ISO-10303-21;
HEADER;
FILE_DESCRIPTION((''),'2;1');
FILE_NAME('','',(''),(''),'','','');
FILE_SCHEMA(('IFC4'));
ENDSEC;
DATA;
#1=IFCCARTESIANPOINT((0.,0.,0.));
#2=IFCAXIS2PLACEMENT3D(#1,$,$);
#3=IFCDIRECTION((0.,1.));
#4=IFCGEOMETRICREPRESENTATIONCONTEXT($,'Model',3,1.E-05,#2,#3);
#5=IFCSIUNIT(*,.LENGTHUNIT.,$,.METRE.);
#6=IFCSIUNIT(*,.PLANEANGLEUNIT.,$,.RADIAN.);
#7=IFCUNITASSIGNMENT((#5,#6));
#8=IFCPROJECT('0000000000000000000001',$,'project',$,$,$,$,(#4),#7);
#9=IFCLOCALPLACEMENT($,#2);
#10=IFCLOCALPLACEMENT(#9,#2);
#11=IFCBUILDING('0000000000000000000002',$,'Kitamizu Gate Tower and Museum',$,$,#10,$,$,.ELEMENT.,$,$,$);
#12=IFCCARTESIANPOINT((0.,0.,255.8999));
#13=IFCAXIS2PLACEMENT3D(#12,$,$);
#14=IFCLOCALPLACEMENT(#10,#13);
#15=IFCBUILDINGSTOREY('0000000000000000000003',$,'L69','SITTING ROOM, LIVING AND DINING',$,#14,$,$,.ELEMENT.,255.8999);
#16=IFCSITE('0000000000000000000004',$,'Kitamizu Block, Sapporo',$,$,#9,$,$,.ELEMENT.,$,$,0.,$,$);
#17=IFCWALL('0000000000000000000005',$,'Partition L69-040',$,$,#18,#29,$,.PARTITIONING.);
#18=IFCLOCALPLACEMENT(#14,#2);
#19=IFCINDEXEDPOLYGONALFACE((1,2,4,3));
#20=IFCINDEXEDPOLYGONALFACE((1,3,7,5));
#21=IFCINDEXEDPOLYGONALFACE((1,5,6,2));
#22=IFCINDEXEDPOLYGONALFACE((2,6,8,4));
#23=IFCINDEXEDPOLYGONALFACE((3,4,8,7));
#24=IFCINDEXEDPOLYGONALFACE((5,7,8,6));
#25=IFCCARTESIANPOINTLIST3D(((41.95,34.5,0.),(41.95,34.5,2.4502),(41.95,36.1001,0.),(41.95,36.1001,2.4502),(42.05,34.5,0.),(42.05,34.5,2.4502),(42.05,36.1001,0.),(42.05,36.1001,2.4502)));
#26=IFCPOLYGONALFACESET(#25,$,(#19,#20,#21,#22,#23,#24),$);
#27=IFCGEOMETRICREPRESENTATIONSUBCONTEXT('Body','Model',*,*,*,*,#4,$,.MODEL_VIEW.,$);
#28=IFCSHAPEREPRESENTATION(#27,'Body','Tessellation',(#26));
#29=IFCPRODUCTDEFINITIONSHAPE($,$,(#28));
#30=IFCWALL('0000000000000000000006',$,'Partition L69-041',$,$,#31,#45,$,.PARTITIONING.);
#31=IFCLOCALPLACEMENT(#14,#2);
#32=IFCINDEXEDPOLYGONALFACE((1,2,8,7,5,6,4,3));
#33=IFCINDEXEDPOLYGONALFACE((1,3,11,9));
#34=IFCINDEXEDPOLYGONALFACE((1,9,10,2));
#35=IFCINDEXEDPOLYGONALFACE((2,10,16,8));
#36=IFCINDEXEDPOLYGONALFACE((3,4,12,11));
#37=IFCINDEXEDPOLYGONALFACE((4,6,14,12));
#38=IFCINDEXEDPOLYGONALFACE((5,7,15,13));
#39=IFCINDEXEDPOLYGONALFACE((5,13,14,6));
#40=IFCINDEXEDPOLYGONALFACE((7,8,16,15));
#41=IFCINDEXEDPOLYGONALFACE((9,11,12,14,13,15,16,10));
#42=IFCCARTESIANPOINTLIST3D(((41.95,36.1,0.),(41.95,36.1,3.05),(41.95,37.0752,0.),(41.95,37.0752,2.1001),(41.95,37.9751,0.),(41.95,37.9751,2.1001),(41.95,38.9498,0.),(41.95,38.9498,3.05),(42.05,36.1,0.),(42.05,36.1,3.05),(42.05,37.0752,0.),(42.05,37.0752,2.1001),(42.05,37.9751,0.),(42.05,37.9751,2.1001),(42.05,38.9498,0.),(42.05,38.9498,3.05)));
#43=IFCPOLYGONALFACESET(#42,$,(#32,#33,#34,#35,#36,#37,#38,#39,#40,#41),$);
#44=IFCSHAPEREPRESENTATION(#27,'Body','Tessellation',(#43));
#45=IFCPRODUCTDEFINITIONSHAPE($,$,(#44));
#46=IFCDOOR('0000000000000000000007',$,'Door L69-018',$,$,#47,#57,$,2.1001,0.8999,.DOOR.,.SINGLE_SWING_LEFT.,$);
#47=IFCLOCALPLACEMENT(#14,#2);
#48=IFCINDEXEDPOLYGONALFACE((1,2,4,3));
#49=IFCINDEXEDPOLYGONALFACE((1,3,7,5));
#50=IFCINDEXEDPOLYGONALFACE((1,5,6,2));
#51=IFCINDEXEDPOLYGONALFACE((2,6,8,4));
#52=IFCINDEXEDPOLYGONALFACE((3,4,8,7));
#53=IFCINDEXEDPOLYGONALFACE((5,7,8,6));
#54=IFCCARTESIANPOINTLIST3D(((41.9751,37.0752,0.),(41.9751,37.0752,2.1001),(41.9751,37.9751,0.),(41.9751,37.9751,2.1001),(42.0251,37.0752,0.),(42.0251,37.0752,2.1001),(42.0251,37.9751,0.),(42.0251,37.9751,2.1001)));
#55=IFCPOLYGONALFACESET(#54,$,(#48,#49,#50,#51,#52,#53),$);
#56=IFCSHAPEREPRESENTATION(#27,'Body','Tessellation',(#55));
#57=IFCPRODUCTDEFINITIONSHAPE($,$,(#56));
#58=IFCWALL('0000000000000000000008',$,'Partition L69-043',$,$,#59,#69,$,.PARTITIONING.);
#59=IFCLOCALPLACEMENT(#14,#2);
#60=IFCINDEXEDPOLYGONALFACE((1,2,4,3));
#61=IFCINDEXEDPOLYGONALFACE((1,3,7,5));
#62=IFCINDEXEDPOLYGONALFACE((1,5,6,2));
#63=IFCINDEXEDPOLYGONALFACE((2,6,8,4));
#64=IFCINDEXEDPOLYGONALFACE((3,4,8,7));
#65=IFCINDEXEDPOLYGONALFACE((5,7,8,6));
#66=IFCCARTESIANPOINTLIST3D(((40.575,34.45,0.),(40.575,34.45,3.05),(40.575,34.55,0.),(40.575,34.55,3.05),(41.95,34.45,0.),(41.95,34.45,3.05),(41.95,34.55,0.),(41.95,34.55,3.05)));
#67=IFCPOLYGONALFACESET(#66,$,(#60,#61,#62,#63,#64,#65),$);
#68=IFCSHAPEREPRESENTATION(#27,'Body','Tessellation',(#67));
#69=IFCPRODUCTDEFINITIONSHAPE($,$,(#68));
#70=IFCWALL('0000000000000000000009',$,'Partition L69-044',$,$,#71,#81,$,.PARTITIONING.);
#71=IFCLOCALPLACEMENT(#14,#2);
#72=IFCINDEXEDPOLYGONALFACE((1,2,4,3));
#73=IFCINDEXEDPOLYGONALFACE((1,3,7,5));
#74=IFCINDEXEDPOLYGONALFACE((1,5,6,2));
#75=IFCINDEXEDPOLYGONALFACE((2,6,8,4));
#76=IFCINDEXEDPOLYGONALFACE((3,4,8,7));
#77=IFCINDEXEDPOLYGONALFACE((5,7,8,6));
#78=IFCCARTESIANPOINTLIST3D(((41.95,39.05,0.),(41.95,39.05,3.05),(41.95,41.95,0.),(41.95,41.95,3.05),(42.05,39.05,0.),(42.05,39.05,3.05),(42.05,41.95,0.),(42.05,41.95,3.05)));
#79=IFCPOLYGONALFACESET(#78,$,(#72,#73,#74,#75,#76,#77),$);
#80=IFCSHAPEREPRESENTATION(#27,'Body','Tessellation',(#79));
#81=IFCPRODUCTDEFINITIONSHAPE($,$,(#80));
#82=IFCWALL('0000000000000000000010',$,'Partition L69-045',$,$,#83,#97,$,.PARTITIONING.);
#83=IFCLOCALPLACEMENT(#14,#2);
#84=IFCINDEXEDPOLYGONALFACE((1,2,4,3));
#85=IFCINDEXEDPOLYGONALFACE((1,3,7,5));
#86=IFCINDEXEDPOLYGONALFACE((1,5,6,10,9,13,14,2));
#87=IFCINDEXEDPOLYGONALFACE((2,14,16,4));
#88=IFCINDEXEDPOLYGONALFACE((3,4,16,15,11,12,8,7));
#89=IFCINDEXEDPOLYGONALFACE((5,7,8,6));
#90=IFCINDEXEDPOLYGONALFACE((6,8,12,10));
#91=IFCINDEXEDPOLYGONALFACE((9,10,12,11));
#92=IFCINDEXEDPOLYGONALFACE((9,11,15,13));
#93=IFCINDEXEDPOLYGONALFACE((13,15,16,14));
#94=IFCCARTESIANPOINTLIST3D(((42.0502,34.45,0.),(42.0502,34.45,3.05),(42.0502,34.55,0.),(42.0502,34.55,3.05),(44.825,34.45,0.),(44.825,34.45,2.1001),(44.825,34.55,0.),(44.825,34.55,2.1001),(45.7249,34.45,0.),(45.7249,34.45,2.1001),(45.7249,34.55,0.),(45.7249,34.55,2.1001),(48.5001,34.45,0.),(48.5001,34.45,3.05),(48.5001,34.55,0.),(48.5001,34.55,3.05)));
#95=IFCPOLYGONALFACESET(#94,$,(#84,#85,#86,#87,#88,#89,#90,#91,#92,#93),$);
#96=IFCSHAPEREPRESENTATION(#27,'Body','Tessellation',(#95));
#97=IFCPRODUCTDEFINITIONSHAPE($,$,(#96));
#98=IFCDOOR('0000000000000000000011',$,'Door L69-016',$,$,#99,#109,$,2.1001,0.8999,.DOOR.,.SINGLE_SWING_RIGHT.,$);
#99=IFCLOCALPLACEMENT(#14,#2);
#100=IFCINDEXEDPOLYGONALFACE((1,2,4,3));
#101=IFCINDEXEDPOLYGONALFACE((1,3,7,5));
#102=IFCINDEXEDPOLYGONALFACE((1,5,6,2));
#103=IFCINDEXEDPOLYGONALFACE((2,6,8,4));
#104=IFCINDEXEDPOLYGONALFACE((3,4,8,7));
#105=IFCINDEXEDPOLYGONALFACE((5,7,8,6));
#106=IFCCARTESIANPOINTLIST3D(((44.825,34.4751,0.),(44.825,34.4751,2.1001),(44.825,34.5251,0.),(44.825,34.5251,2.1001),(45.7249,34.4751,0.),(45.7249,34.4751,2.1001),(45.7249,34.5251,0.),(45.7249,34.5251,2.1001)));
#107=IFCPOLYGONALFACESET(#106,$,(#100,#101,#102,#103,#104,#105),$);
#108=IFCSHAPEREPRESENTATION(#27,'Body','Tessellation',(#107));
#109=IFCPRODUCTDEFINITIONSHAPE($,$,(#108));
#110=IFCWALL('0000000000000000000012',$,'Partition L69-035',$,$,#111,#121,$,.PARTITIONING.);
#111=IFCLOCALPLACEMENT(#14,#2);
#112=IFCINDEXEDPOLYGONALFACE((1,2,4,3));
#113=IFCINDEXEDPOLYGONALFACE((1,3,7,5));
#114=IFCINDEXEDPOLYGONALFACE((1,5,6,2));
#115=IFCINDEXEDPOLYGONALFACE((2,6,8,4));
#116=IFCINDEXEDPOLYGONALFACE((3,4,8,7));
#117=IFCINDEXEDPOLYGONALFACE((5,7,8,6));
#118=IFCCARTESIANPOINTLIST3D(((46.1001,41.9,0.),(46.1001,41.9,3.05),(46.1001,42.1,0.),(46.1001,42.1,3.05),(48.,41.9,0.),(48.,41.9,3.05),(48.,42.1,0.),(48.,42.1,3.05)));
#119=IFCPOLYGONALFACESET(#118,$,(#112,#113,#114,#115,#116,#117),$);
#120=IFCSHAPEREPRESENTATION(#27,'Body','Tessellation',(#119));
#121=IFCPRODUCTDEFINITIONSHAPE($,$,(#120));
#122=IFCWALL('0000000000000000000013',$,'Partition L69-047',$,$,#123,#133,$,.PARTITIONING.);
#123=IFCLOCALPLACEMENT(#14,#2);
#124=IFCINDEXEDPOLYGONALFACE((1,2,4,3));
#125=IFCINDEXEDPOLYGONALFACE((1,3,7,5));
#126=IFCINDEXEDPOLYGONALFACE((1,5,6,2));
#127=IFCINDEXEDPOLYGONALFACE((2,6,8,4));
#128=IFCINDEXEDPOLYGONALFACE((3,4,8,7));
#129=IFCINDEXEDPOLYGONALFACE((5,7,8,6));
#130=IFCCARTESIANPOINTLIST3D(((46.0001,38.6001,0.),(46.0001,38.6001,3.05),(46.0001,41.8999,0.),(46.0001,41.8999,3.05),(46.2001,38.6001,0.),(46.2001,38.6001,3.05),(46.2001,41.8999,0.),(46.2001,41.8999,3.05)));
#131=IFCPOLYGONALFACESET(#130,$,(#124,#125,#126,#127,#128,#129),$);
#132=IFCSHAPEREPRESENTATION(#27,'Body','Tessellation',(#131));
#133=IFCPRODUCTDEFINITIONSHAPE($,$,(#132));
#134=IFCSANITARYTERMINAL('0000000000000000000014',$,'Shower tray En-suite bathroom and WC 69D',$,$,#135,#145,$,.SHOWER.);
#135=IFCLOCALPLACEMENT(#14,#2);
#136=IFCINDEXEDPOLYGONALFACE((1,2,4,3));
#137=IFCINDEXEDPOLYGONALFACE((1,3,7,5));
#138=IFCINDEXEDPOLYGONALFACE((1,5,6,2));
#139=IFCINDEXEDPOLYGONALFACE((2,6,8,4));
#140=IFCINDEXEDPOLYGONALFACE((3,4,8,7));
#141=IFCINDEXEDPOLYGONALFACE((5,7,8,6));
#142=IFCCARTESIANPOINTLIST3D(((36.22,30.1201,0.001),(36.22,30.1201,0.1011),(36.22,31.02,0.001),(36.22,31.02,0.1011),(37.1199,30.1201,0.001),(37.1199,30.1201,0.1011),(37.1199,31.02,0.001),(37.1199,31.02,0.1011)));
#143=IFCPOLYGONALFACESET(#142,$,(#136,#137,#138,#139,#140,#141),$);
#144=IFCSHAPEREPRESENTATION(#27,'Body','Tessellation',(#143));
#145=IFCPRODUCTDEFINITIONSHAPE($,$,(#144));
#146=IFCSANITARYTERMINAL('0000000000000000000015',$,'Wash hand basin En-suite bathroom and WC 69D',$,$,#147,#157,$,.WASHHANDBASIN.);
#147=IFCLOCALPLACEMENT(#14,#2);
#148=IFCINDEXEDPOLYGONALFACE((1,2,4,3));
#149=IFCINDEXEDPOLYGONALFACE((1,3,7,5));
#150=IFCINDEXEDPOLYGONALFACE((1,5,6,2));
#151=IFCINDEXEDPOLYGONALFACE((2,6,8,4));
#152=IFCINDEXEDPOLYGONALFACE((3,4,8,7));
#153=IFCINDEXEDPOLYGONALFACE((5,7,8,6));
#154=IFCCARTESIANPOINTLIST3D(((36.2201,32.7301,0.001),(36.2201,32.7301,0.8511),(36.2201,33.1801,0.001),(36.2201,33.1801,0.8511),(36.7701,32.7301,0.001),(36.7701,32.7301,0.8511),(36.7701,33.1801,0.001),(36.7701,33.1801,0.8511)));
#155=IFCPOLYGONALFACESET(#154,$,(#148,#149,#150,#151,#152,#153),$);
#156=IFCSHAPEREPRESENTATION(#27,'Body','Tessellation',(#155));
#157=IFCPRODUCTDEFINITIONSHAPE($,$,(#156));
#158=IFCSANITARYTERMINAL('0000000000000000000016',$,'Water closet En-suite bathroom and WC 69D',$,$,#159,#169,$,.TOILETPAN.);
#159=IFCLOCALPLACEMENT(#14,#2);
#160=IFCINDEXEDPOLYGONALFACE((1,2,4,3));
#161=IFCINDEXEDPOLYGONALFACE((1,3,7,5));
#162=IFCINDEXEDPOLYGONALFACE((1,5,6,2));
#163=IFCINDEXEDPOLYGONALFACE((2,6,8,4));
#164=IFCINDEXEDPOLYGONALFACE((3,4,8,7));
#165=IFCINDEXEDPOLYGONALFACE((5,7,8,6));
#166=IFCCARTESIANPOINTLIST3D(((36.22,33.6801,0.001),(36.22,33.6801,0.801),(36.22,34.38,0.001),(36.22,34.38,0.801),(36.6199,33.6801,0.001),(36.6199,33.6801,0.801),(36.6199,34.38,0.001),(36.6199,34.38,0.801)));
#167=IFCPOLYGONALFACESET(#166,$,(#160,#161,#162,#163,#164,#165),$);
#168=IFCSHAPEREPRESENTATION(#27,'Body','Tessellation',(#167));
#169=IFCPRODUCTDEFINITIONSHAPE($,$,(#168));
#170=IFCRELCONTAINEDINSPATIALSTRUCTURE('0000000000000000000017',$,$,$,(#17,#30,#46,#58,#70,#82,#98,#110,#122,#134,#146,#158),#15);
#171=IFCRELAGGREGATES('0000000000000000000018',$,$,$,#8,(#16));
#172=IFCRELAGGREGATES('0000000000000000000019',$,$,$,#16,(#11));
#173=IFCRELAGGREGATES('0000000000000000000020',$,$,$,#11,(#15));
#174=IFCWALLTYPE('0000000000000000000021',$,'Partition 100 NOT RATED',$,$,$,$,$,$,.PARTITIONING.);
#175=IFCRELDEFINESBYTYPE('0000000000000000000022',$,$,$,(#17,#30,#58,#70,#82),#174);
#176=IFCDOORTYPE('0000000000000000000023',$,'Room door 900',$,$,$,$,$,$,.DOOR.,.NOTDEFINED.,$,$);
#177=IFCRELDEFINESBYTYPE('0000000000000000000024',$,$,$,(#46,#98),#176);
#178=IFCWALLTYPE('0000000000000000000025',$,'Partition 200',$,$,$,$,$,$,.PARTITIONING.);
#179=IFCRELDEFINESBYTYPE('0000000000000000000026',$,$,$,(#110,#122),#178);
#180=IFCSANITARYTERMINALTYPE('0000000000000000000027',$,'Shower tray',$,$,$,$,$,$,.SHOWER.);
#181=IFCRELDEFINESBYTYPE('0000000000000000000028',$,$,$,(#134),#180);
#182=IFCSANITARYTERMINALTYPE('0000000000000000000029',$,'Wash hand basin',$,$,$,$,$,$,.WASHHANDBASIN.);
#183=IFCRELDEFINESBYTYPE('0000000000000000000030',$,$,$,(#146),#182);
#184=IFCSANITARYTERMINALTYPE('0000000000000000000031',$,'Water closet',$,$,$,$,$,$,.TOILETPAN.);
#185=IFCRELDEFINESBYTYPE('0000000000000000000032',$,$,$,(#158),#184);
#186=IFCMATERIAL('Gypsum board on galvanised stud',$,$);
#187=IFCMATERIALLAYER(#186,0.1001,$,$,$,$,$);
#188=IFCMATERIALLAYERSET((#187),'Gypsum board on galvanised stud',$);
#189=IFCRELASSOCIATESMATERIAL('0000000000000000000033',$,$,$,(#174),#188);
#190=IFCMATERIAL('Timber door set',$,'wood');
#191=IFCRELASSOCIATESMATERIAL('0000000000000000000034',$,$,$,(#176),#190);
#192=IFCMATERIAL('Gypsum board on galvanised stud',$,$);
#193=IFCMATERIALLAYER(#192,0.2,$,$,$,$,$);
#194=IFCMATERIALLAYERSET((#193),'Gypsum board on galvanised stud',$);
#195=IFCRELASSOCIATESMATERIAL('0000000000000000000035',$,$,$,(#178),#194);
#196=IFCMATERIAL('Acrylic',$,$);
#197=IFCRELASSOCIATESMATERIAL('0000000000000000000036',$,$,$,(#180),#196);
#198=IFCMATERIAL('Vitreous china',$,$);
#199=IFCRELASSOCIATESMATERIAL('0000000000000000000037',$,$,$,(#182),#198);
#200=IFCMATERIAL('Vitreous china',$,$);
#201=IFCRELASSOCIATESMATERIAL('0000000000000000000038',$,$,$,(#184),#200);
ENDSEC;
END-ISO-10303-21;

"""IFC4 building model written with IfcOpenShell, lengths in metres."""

from ifc_helpers import new_model, si_unit, direction, frame, frame_2d, origin, origin_2d, place, context, subcontext, project, spatial, rectangle, extrude, material, layer, layer_set, type_object, element, fill, save


model = new_model("IFC4")

# Units and contexts
model_context = context("Model", 3, precision=1e-05, world=origin(), true_north=direction((0.0, 1.0)))
body_context = subcontext(model_context, "Body", "Model", "MODEL_VIEW")
ifc_project = project(units=[si_unit("LENGTHUNIT", "METRE"), si_unit("PLANEANGLEUNIT", "RADIAN")], contexts=[model_context])

# Site, building, storey
site_placement = place(None, origin())
site = spatial("IfcSite", under=ifc_project, at=site_placement, Name="Kitamizu Block, Sapporo", CompositionType="ELEMENT", RefElevation=0.0)
building_placement = place(site_placement, origin())
building = spatial("IfcBuilding", under=site, at=building_placement, Name="Kitamizu Gate Tower and Museum", CompositionType="ELEMENT")
storey_placement = place(building_placement, frame((0.0, 0.0, 255.8999)))
storey = spatial("IfcBuildingStorey", under=building, at=storey_placement, Name="L69", Description="SITTING ROOM, LIVING AND DINING", CompositionType="ELEMENT", Elevation=255.8999)

# Shared definitions
ifc_material_1 = material(Name="Gypsum board on galvanised stud")
ifc_layer_1 = layer(ifc_material_1, 0.1001)
ifc_layer_set_1 = layer_set([ifc_layer_1], Name="Gypsum board on galvanised stud")
wall_type_1 = type_object("IfcWallType", Name="Partition 100 NOT RATED", PredefinedType="PARTITIONING", material=ifc_layer_set_1)
ifc_material_2 = material(Name="Timber door set", Category="wood")
door_type = type_object("IfcDoorType", Name="Room door 900", OperationType="NOTDEFINED", PredefinedType="DOOR", material=ifc_material_2)

# Wall
wall_1_placement = place(storey_placement, frame((42.0, 34.5, 0.0), z_axis=(0.0, 0.0, 1.0), x_axis=(0.0, 1.0, 0.0)))
element("IfcWall", 1, at=wall_1_placement, inside=storey, type_object=wall_type_1, Name="Partition L69-040", PredefinedType="PARTITIONING", context=body_context, shape_type="SweptSolid", body=[
    extrude(rectangle(XDim=1.6001, YDim=0.1001, at=frame_2d((0.8, 0.0))), origin(), (0.0, 0.0, 1.0), 2.4502),
])

# Wall, opening, door
wall_2_placement = place(storey_placement, frame((42.0, 36.1001, 0.0), z_axis=(0.0, 0.0, 1.0), x_axis=(0.0, 1.0, 0.0)))
wall_2 = element("IfcWall", 2, at=wall_2_placement, inside=storey, type_object=wall_type_1, Name="Partition L69-041", PredefinedType="PARTITIONING", context=body_context, shape_type="SweptSolid", body=[
    extrude(rectangle(XDim=2.8499, YDim=0.1001, at=frame_2d((1.4248, 0.0))), origin(), (0.0, 0.0, 1.0), 3.05),
])
opening_1_placement = place(wall_2_placement, frame((0.9751, 0.0, 0.0)))
opening_1 = element("IfcOpeningElement", 3, at=opening_1_placement, cuts=wall_2, PredefinedType="OPENING", context=body_context, shape_type="SweptSolid", body=[
    extrude(rectangle(XDim=0.8999, YDim=2.1001, at=frame_2d((0.45, 1.05))), frame((0.0, 0.0601, 0.0), z_axis=(0.0, -1.0, 0.0), x_axis=(1.0, 0.0, 0.0)), (0.0, 0.0, 1.0), 0.1201),
])
door_1_placement = place(opening_1_placement, origin())
door_1 = element("IfcDoor", 4, at=door_1_placement, inside=storey, type_object=door_type, Name="Door L69-018", OperationType="SINGLE_SWING_LEFT", OverallHeight=2.1001, OverallWidth=0.8999, PredefinedType="DOOR", context=body_context, shape_type="SweptSolid", body=[
    extrude(rectangle(XDim=0.8999, YDim=2.1001, at=frame_2d((0.45, 1.05))), frame((0.0, 0.0249, 0.0), z_axis=(0.0, -1.0, 0.0), x_axis=(1.0, 0.0, 0.0)), (0.0, 0.0, 1.0), 0.05),
])
fill(opening_1, door_1)

# Walls
wall_3_placement = place(storey_placement, frame((40.575, 34.5, 0.0), z_axis=(0.0, 0.0, 1.0), x_axis=(1.0, 0.0, 0.0)))
element("IfcWall", 5, at=wall_3_placement, inside=storey, type_object=wall_type_1, Name="Partition L69-043", PredefinedType="PARTITIONING", context=body_context, shape_type="SweptSolid", body=[
    extrude(rectangle(XDim=1.375, YDim=0.1001, at=frame_2d((0.6875, 0.0))), origin(), (0.0, 0.0, 1.0), 3.05),
])
wall_4_placement = place(storey_placement, frame((42.0, 39.05, 0.0), z_axis=(0.0, 0.0, 1.0), x_axis=(0.0, 1.0, 0.0)))
element("IfcWall", 6, at=wall_4_placement, inside=storey, type_object=wall_type_1, Name="Partition L69-044", PredefinedType="PARTITIONING", context=body_context, shape_type="SweptSolid", body=[
    extrude(rectangle(XDim=2.8999, YDim=0.1001, at=frame_2d((1.45, 0.0))), origin(), (0.0, 0.0, 1.0), 3.05),
])

# Wall, opening, door
wall_5_placement = place(storey_placement, frame((42.05, 34.5, 0.0), z_axis=(0.0, 0.0, 1.0), x_axis=(1.0, 0.0, 0.0)))
wall_5 = element("IfcWall", 7, at=wall_5_placement, inside=storey, type_object=wall_type_1, Name="Partition L69-045", PredefinedType="PARTITIONING", context=body_context, shape_type="SweptSolid", body=[
    extrude(rectangle(XDim=6.45, YDim=0.1001, at=frame_2d((3.2251, 0.0))), origin(), (0.0, 0.0, 1.0), 3.05),
])
opening_2_placement = place(wall_5_placement, frame((2.7749, 0.0, 0.0)))
opening_2 = element("IfcOpeningElement", 8, at=opening_2_placement, cuts=wall_5, PredefinedType="OPENING", context=body_context, shape_type="SweptSolid", body=[
    extrude(rectangle(XDim=0.8999, YDim=2.1001, at=frame_2d((0.45, 1.05))), frame((0.0, 0.0601, 0.0), z_axis=(0.0, -1.0, 0.0), x_axis=(1.0, 0.0, 0.0)), (0.0, 0.0, 1.0), 0.1201),
])
door_2_placement = place(opening_2_placement, frame((0.8999, 0.0, 0.0), x_axis=(-1.0, 0.0, 0.0)))
door_2 = element("IfcDoor", 9, at=door_2_placement, inside=storey, type_object=door_type, Name="Door L69-016", OperationType="SINGLE_SWING_RIGHT", OverallHeight=2.1001, OverallWidth=0.8999, PredefinedType="DOOR", context=body_context, shape_type="SweptSolid", body=[
    extrude(rectangle(XDim=0.8999, YDim=2.1001, at=frame_2d((0.45, 1.05))), frame((0.0, 0.0249, 0.0), z_axis=(0.0, -1.0, 0.0), x_axis=(1.0, 0.0, 0.0)), (0.0, 0.0, 1.0), 0.05),
])
fill(opening_2, door_2)

# Walls
ifc_material_3 = material(Name="Gypsum board on galvanised stud")
ifc_layer_2 = layer(ifc_material_3, 0.2)
ifc_layer_set_2 = layer_set([ifc_layer_2], Name="Gypsum board on galvanised stud")
wall_type_2 = type_object("IfcWallType", Name="Partition 200", PredefinedType="PARTITIONING", material=ifc_layer_set_2)
wall_6_placement = place(storey_placement, frame((46.1001, 42.0, 0.0), z_axis=(0.0, 0.0, 1.0), x_axis=(1.0, 0.0, 0.0)))
element("IfcWall", 10, at=wall_6_placement, inside=storey, type_object=wall_type_2, Name="Partition L69-035", PredefinedType="PARTITIONING", context=body_context, shape_type="SweptSolid", body=[
    extrude(rectangle(XDim=1.8999, YDim=0.2, at=frame_2d((0.95, 0.0))), origin(), (0.0, 0.0, 1.0), 3.05),
])
wall_7_placement = place(storey_placement, frame((46.1001, 38.6001, 0.0), z_axis=(0.0, 0.0, 1.0), x_axis=(0.0, 1.0, 0.0)))
element("IfcWall", 11, at=wall_7_placement, inside=storey, type_object=wall_type_2, Name="Partition L69-047", PredefinedType="PARTITIONING", context=body_context, shape_type="SweptSolid", body=[
    extrude(rectangle(XDim=3.2998, YDim=0.2, at=frame_2d((1.6499, 0.0))), origin(), (0.0, 0.0, 1.0), 3.05),
])

# Sanitary terminals
ifc_material_4 = material(Name="Acrylic")
sanitary_terminal_type_1 = type_object("IfcSanitaryTerminalType", Name="Shower tray", PredefinedType="SHOWER", material=ifc_material_4)
sanitary_terminal_1_placement = place(storey_placement, frame((36.6699, 30.5701, 0.001), z_axis=(0.0, 0.0, 1.0), x_axis=(1.0, 0.0, 0.0)))
element("IfcSanitaryTerminal", 12, at=sanitary_terminal_1_placement, inside=storey, type_object=sanitary_terminal_type_1, Name="Shower tray En-suite bathroom and WC 69D", PredefinedType="SHOWER", context=body_context, shape_type="SweptSolid", body=[
    extrude(rectangle(XDim=0.8999, YDim=0.8999, at=origin_2d()), origin(), (0.0, 0.0, 1.0), 0.1001),
])
ifc_material_5 = material(Name="Vitreous china")
sanitary_terminal_type_2 = type_object("IfcSanitaryTerminalType", Name="Wash hand basin", PredefinedType="WASHHANDBASIN", material=ifc_material_5)
sanitary_terminal_2_placement = place(storey_placement, frame((36.4951, 32.9551, 0.001), z_axis=(0.0, 0.0, 1.0), x_axis=(1.0, 0.0, 0.0)))
element("IfcSanitaryTerminal", 13, at=sanitary_terminal_2_placement, inside=storey, type_object=sanitary_terminal_type_2, Name="Wash hand basin En-suite bathroom and WC 69D", PredefinedType="WASHHANDBASIN", context=body_context, shape_type="SweptSolid", body=[
    extrude(rectangle(XDim=0.55, YDim=0.45, at=origin_2d()), origin(), (0.0, 0.0, 1.0), 0.8501),
])
ifc_material_6 = material(Name="Vitreous china")
sanitary_terminal_type_3 = type_object("IfcSanitaryTerminalType", Name="Water closet", PredefinedType="TOILETPAN", material=ifc_material_6)
sanitary_terminal_3_placement = place(storey_placement, frame((36.4199, 34.03, 0.001), z_axis=(0.0, 0.0, 1.0), x_axis=(1.0, 0.0, 0.0)))
element("IfcSanitaryTerminal", 14, at=sanitary_terminal_3_placement, inside=storey, type_object=sanitary_terminal_type_3, Name="Water closet En-suite bathroom and WC 69D", PredefinedType="TOILETPAN", context=body_context, shape_type="SweptSolid", body=[
    extrude(rectangle(XDim=0.3999, YDim=0.7, at=origin_2d()), origin(), (0.0, 0.0, 1.0), 0.8),
])

save(model, "model.ifc")
